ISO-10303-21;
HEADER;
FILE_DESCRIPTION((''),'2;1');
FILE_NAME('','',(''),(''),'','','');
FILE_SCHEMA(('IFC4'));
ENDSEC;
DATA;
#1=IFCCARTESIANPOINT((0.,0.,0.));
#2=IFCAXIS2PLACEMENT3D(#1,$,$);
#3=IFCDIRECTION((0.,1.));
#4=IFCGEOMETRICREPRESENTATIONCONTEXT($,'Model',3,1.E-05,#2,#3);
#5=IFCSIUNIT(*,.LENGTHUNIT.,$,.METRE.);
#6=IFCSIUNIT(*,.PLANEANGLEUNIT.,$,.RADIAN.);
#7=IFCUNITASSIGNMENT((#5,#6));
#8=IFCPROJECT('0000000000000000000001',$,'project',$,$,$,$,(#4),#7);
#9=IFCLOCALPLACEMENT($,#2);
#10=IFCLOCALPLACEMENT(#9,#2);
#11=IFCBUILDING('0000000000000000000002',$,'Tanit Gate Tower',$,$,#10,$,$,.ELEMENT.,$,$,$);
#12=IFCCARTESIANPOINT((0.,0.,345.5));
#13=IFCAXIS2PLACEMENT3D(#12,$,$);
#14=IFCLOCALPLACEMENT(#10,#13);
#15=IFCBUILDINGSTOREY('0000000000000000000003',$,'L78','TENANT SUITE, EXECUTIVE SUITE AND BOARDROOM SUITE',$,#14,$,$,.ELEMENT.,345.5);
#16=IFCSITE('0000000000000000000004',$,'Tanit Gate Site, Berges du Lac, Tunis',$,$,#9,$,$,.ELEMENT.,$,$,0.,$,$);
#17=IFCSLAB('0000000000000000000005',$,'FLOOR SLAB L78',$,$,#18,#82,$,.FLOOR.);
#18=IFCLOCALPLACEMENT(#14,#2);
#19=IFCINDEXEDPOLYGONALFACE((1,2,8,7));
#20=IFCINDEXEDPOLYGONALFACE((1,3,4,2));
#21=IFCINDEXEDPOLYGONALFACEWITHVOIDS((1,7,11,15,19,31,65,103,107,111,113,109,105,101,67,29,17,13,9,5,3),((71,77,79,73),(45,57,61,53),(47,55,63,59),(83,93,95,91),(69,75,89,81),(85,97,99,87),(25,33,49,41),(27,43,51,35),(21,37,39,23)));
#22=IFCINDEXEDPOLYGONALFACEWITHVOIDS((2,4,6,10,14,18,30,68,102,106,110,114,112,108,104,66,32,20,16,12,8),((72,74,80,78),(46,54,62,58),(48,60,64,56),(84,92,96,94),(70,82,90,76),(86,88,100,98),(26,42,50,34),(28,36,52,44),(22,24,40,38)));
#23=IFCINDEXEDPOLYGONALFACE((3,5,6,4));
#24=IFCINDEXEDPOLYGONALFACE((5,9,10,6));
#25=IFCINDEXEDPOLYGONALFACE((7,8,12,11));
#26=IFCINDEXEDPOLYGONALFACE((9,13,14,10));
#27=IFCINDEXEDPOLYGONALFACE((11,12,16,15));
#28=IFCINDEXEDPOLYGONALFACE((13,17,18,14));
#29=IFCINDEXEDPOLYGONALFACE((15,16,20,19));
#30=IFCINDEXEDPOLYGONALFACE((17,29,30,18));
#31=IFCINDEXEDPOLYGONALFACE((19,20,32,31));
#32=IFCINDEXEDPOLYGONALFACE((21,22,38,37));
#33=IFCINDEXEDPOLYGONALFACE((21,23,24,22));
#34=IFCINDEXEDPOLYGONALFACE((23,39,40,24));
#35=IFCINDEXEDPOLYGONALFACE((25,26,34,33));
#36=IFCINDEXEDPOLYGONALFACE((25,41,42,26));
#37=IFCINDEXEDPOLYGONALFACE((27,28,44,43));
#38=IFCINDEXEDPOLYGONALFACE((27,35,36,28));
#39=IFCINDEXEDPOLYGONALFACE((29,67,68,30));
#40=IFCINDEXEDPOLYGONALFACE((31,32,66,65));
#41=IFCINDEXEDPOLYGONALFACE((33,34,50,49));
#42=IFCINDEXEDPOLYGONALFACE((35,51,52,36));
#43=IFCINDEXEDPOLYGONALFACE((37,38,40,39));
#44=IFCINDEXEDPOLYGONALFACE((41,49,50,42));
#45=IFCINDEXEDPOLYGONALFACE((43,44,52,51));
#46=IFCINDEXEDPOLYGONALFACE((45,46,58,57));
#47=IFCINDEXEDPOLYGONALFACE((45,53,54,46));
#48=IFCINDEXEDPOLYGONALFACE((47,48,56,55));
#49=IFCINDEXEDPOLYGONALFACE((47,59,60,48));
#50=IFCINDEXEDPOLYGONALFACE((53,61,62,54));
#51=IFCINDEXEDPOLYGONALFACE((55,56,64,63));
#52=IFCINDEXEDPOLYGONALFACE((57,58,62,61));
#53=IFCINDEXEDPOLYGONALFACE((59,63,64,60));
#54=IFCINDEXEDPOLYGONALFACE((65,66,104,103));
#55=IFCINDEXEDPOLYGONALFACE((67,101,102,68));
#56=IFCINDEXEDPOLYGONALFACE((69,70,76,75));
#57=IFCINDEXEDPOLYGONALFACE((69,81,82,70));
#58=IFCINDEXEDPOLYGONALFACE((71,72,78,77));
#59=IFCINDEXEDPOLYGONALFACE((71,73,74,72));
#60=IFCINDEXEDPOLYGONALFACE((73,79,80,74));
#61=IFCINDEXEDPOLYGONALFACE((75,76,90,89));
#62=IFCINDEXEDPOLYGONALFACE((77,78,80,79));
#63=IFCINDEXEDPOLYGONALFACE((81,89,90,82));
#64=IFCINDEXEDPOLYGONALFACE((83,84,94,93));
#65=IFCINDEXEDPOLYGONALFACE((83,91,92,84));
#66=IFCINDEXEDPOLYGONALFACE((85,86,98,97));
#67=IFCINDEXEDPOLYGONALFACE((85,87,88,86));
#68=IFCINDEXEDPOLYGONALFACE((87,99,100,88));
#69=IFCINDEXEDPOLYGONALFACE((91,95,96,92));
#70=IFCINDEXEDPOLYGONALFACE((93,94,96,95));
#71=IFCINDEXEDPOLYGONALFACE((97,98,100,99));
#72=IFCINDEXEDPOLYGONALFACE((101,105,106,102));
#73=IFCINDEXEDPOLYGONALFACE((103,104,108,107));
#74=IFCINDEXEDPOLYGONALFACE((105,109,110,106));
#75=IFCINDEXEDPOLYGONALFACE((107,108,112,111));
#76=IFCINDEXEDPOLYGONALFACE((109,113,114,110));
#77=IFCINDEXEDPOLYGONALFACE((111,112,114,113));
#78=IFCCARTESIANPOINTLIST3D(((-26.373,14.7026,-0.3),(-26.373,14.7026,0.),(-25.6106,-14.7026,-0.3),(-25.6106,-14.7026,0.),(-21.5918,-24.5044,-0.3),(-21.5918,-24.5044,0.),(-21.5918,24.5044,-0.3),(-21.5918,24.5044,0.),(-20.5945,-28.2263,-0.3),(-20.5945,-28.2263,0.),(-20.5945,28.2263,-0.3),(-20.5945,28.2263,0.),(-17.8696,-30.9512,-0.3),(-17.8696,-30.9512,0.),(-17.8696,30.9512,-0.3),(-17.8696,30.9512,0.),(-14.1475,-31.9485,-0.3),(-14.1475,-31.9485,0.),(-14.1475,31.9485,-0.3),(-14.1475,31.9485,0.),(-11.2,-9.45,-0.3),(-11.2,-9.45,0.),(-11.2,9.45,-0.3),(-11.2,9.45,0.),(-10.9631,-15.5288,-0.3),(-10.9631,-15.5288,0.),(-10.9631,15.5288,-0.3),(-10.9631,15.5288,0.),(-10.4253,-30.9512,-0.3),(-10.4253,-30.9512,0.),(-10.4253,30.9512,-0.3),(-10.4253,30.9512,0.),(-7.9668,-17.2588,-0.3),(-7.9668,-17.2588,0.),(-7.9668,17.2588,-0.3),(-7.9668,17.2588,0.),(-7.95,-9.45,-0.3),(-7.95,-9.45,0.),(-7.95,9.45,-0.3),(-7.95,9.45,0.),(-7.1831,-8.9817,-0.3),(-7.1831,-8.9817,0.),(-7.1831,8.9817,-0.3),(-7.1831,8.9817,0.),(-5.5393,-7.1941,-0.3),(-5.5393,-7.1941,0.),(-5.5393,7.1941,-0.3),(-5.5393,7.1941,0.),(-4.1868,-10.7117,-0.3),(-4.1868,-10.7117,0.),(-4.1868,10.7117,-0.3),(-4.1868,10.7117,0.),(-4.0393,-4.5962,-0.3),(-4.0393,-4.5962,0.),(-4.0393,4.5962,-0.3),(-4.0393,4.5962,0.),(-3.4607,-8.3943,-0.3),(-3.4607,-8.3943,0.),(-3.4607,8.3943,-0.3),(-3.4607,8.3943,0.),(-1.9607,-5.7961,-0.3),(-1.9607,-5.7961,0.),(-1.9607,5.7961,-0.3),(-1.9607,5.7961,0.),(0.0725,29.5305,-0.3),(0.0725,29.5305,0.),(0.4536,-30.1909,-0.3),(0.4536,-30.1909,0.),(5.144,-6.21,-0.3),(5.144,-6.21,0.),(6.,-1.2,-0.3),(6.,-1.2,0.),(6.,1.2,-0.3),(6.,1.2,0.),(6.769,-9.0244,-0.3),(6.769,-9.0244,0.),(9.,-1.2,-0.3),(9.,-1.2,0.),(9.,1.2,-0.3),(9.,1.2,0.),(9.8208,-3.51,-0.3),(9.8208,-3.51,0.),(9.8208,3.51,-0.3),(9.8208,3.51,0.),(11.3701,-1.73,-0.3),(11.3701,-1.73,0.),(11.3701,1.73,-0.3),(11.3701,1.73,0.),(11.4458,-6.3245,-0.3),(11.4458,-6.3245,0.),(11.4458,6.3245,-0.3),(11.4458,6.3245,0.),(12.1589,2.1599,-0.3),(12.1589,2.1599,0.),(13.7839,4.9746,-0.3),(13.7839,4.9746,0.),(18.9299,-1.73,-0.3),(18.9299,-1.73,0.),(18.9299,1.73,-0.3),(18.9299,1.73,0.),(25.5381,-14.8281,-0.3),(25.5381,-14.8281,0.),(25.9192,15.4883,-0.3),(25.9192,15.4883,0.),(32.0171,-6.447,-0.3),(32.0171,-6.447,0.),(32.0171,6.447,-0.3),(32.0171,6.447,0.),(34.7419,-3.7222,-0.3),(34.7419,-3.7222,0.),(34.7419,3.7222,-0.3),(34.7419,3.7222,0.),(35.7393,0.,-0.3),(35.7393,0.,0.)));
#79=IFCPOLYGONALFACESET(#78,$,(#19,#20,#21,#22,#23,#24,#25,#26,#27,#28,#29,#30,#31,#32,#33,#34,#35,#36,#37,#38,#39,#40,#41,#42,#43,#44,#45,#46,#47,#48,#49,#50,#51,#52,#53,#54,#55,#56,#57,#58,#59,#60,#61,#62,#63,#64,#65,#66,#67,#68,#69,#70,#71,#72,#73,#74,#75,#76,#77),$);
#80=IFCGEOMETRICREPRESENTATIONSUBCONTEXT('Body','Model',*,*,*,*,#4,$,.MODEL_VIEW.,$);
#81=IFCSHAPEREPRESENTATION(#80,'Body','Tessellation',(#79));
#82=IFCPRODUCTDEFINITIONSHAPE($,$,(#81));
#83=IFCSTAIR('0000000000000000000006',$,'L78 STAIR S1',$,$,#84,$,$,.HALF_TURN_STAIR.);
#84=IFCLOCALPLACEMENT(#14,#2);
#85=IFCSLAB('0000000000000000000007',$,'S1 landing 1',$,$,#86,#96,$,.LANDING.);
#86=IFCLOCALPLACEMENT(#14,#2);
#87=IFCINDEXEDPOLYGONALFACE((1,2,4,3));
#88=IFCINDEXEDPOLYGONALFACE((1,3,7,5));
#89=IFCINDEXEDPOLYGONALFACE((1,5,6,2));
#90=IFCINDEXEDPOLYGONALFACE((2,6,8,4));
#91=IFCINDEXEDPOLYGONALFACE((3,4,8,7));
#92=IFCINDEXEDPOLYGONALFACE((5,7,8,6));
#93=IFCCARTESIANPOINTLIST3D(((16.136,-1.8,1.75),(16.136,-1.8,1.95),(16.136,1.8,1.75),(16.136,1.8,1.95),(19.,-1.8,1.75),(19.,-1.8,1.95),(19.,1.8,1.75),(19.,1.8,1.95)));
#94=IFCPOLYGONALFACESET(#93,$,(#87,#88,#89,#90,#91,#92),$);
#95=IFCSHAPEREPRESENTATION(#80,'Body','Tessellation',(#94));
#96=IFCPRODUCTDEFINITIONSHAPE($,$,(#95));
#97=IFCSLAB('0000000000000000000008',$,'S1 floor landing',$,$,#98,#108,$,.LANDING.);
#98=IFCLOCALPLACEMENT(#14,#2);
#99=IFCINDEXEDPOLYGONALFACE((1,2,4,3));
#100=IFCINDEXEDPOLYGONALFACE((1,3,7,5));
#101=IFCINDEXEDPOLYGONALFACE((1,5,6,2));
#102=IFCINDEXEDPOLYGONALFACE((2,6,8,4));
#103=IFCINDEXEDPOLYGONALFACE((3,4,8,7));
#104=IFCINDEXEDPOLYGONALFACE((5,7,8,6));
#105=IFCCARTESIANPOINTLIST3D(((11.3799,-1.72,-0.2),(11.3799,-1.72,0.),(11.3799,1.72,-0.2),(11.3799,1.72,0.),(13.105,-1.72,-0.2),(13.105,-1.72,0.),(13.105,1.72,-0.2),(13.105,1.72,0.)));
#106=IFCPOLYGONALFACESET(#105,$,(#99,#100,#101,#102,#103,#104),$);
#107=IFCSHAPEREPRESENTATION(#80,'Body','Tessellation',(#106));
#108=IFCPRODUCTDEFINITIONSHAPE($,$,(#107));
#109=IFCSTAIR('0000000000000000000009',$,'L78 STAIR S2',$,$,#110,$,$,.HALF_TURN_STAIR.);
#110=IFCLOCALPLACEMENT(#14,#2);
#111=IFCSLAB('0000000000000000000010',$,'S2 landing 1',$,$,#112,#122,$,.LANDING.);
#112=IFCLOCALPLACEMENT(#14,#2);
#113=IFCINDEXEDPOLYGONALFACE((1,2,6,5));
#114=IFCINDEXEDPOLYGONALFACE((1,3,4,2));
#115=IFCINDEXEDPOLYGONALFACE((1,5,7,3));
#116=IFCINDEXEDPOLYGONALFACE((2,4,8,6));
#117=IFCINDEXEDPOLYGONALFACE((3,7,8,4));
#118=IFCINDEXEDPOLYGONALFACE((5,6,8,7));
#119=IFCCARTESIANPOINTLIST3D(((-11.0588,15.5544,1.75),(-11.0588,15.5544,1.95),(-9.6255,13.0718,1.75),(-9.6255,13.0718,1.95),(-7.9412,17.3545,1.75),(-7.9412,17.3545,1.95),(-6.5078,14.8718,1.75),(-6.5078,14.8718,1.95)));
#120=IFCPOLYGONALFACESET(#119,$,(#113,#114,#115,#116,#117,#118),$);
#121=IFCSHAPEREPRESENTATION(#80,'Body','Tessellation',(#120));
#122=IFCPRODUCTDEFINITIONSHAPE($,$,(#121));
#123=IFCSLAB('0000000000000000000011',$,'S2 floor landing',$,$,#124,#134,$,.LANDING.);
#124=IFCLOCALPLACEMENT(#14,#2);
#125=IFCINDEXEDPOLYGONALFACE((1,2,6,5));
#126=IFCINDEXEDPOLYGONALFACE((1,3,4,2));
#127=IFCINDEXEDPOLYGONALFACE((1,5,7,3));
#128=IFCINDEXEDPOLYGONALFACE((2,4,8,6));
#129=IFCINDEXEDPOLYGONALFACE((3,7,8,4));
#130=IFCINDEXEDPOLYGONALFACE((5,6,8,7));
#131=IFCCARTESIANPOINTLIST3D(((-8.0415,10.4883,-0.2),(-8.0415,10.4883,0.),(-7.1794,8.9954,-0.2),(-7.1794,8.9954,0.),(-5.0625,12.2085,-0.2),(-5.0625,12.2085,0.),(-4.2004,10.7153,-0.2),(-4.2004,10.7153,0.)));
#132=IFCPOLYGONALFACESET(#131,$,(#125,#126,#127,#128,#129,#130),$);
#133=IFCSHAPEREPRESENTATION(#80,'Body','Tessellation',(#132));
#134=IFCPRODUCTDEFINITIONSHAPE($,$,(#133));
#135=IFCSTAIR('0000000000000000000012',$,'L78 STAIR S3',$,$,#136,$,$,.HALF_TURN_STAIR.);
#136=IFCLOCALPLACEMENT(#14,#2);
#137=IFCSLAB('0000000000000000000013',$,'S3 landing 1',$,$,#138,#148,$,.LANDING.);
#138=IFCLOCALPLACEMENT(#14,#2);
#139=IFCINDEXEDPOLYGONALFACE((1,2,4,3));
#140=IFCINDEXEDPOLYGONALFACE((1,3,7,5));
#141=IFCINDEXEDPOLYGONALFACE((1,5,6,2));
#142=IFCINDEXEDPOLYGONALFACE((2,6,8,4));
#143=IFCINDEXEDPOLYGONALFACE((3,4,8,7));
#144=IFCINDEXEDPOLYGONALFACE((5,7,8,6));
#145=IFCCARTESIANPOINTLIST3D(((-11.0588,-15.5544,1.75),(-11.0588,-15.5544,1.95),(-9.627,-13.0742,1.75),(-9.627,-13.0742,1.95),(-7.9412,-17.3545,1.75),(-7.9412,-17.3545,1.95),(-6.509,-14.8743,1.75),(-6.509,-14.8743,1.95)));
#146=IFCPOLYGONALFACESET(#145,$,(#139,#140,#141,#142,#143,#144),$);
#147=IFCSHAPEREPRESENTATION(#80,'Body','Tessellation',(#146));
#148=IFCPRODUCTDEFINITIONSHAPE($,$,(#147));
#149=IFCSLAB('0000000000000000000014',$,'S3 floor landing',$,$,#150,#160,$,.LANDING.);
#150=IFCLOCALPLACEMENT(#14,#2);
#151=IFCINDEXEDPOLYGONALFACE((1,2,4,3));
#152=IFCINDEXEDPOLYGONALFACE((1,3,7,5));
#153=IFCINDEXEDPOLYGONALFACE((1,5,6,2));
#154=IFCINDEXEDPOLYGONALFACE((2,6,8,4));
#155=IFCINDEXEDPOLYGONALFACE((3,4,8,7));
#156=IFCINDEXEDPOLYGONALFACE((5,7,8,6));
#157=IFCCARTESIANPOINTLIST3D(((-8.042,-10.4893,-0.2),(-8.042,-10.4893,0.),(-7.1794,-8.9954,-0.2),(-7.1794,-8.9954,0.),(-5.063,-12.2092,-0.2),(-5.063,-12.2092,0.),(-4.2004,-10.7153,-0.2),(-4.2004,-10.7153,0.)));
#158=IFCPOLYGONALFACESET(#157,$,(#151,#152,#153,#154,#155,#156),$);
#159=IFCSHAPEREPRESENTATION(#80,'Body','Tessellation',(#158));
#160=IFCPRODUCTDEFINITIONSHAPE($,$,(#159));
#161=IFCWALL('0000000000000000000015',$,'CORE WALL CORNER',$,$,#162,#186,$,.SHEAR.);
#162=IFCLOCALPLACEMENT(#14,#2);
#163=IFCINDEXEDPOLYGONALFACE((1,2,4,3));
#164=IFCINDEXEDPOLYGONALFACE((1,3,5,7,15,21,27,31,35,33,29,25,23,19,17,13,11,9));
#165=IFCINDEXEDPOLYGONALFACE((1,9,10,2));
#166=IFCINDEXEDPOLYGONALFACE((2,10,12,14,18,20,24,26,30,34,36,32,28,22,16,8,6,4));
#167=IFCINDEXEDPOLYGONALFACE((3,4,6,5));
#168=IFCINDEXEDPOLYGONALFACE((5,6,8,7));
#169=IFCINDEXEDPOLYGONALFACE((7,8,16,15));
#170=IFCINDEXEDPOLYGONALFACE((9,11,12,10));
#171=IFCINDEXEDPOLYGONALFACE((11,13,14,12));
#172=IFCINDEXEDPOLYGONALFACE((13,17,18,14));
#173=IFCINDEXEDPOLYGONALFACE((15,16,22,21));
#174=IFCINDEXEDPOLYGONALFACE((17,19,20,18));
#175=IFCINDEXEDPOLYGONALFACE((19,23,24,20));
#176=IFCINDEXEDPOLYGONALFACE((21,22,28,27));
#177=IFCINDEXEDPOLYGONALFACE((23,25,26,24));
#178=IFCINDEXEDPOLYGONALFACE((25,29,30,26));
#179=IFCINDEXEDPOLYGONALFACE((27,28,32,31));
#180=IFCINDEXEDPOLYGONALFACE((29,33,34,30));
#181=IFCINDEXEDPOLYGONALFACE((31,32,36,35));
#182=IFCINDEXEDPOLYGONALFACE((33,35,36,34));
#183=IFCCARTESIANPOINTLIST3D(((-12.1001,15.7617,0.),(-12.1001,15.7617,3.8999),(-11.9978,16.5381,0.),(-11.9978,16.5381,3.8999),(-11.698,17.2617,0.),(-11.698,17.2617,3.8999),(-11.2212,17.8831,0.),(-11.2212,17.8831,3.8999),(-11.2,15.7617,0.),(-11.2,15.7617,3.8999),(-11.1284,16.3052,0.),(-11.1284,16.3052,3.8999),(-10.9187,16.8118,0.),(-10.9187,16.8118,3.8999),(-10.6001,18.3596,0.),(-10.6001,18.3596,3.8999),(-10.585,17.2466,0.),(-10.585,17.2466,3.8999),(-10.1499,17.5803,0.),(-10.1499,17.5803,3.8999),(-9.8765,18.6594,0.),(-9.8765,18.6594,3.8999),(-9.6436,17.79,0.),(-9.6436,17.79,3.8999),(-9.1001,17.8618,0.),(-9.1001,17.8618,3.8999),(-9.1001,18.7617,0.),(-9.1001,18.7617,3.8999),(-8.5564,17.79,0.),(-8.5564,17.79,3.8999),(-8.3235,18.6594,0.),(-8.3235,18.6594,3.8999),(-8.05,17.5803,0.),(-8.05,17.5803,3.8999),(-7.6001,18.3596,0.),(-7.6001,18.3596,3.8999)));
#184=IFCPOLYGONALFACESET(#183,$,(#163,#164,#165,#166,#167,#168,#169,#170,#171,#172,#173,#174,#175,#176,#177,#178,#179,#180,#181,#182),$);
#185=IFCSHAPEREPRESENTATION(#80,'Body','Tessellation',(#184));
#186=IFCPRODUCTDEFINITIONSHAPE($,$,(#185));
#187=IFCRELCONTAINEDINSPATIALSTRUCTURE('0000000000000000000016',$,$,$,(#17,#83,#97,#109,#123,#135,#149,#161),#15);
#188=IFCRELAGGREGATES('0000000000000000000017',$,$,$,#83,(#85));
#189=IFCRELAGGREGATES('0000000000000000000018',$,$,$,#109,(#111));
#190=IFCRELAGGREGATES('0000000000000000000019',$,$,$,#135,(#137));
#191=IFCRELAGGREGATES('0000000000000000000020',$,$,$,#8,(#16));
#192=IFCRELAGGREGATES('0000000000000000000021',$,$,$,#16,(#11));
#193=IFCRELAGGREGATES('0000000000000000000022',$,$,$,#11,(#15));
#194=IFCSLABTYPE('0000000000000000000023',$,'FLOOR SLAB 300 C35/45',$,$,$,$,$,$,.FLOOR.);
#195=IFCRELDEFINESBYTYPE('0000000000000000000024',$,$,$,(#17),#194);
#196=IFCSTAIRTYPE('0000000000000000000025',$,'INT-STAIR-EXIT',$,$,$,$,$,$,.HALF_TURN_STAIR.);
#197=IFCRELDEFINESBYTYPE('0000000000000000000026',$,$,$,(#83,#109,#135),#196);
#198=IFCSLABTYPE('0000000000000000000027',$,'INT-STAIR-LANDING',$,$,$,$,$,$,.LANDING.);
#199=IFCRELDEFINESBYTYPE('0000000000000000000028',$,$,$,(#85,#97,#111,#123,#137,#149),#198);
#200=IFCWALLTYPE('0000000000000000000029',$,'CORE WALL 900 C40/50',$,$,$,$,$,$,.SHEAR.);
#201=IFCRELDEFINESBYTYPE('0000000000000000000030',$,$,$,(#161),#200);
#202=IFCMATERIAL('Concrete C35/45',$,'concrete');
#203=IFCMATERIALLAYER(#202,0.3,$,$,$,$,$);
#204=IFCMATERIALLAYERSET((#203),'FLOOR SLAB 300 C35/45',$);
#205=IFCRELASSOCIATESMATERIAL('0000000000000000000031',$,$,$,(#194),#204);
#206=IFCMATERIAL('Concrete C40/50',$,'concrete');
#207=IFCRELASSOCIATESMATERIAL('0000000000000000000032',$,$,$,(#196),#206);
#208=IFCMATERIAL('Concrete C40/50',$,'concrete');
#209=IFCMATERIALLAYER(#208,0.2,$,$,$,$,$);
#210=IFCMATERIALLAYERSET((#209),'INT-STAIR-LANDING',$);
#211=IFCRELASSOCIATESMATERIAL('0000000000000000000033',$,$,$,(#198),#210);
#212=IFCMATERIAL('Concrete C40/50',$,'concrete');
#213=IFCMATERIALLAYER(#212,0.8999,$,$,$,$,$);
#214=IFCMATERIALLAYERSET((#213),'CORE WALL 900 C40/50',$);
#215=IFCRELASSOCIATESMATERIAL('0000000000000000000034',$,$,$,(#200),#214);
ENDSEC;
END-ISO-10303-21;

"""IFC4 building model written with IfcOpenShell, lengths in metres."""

from ifc_helpers import new_model, si_unit, direction, frame, origin, place, context, subcontext, project, spatial, polyline, outline, extrude, material, layer, layer_set, type_object, element, aggregate, save


model = new_model("IFC4")

# Units and contexts
model_context = context("Model", 3, precision=1e-05, world=origin(), true_north=direction((0.0, 1.0)))
body_context = subcontext(model_context, "Body", "Model", "MODEL_VIEW")
ifc_project = project(units=[si_unit("LENGTHUNIT", "METRE"), si_unit("PLANEANGLEUNIT", "RADIAN")], contexts=[model_context])

# Site, building, storey
site_placement = place(None, origin())
site = spatial("IfcSite", under=ifc_project, at=site_placement, Name="Tanit Gate Site, Berges du Lac, Tunis", CompositionType="ELEMENT", RefElevation=0.0)
building_placement = place(site_placement, origin())
building = spatial("IfcBuilding", under=site, at=building_placement, Name="Tanit Gate Tower", CompositionType="ELEMENT")
storey_placement = place(building_placement, frame((0.0, 0.0, 345.5)))
storey = spatial("IfcBuildingStorey", under=building, at=storey_placement, Name="L78", Description="TENANT SUITE, EXECUTIVE SUITE AND BOARDROOM SUITE", CompositionType="ELEMENT", Elevation=345.5)

# Slab
ifc_material_1 = material(Name="Concrete C35/45", Category="concrete")
ifc_layer_1 = layer(ifc_material_1, 0.3)
ifc_layer_set_1 = layer_set([ifc_layer_1], Name="FLOOR SLAB 300 C35/45")
slab_type_1 = type_object("IfcSlabType", Name="FLOOR SLAB 300 C35/45", PredefinedType="FLOOR", material=ifc_layer_set_1)
slab_1_placement = place(storey_placement, frame((0.0, 0.0, -0.3)))
element("IfcSlab", 1, at=slab_1_placement, inside=storey, type_object=slab_type_1, Name="FLOOR SLAB L78", PredefinedType="FLOOR", context=body_context, shape_type="SweptSolid", body=[
    extrude(outline(polyline([(32.0171, 6.447), (34.7419, 3.7222), (35.7393, 0.0), (34.7419, -3.7222), (32.0171, -6.447), (25.5381, -14.8281), (0.4536, -30.1909), (-10.4253, -30.9512), (-14.1475, -31.9485), (-17.8696, -30.9512), (-20.5945, -28.2263), (-21.5918, -24.5044), (-25.6106, -14.7026), (-26.373, 14.7026), (-21.5918, 24.5044), (-20.5945, 28.2263), (-17.8696, 30.9512), (-14.1475, 31.9485), (-10.4253, 30.9512), (0.0725, 29.5305), (25.9192, 15.4883), (32.0171, 6.447)]), holes=[polyline([(11.3701, 1.73), (18.9299, 1.73), (18.9299, -1.73), (11.3701, -1.73), (11.3701, 1.73)]), polyline([(12.1589, 2.1599), (9.8208, 3.51), (11.4458, 6.3245), (13.7839, 4.9746), (12.1589, 2.1599)]), polyline([(11.4458, -6.3245), (6.769, -9.0244), (5.144, -6.21), (9.8208, -3.51), (11.4458, -6.3245)]), polyline([(6.0, 1.2), (9.0, 1.2), (9.0, -1.2), (6.0, -1.2), (6.0, 1.2)]), polyline([(-4.0393, 4.5962), (-5.5393, 7.1941), (-3.4607, 8.3943), (-1.9607, 5.7961), (-4.0393, 4.5962)]), polyline([(-1.9607, -5.7961), (-3.4607, -8.3943), (-5.5393, -7.1941), (-4.0393, -4.5962), (-1.9607, -5.7961)]), polyline([(-7.1831, 8.9817), (-10.9631, 15.5288), (-7.9668, 17.2588), (-4.1868, 10.7117), (-7.1831, 8.9817)]), polyline([(-4.1868, -10.7117), (-7.9668, -17.2588), (-10.9631, -15.5288), (-7.1831, -8.9817), (-4.1868, -10.7117)]), polyline([(-11.2, -9.45), (-11.2, 9.45), (-7.95, 9.45), (-7.95, -9.45), (-11.2, -9.45)])]), origin(), (0.0, 0.0, 1.0), 0.3),
])

# Stair, slab
ifc_material_2 = material(Name="Concrete C40/50", Category="concrete")
stair_type = type_object("IfcStairType", Name="INT-STAIR-EXIT", PredefinedType="HALF_TURN_STAIR", material=ifc_material_2)
stair_1_placement = place(storey_placement, origin())
stair_1 = element("IfcStair", 2, at=stair_1_placement, inside=storey, type_object=stair_type, Name="L78 STAIR S1", PredefinedType="HALF_TURN_STAIR")
ifc_material_3 = material(Name="Concrete C40/50", Category="concrete")
ifc_layer_2 = layer(ifc_material_3, 0.2)
ifc_layer_set_2 = layer_set([ifc_layer_2], Name="INT-STAIR-LANDING")
slab_type_2 = type_object("IfcSlabType", Name="INT-STAIR-LANDING", PredefinedType="LANDING", material=ifc_layer_set_2)
slab_2_placement = place(storey_placement, frame((0.0, 0.0, 1.75)))
slab_2 = element("IfcSlab", 3, at=slab_2_placement, type_object=slab_type_2, Name="S1 landing 1", PredefinedType="LANDING", context=body_context, shape_type="SweptSolid", body=[
    extrude(outline(polyline([(16.136, -1.8), (19.0, -1.8), (19.0, 1.8), (16.136, 1.8), (16.136, -1.8)])), origin(), (0.0, 0.0, 1.0), 0.2),
])
aggregate(stair_1, [slab_2])

# Slab
slab_3_placement = place(storey_placement, frame((0.0, 0.0, -0.2)))
element("IfcSlab", 4, at=slab_3_placement, inside=storey, type_object=slab_type_2, Name="S1 floor landing", PredefinedType="LANDING", context=body_context, shape_type="SweptSolid", body=[
    extrude(outline(polyline([(11.3799, -1.72), (13.105, -1.72), (13.105, 1.72), (11.3799, 1.72), (11.3799, -1.72)])), origin(), (0.0, 0.0, 1.0), 0.2),
])

# Stair, slab
stair_2_placement = place(storey_placement, origin())
stair_2 = element("IfcStair", 5, at=stair_2_placement, inside=storey, type_object=stair_type, Name="L78 STAIR S2", PredefinedType="HALF_TURN_STAIR")
slab_4_placement = place(storey_placement, frame((0.0, 0.0, 1.75)))
slab_4 = element("IfcSlab", 6, at=slab_4_placement, type_object=slab_type_2, Name="S2 landing 1", PredefinedType="LANDING", context=body_context, shape_type="SweptSolid", body=[
    extrude(outline(polyline([(-6.5078, 14.8718), (-7.9412, 17.3545), (-11.0588, 15.5544), (-9.6255, 13.0718), (-6.5078, 14.8718)])), origin(), (0.0, 0.0, 1.0), 0.2),
])
aggregate(stair_2, [slab_4])

# Slab
slab_5_placement = place(storey_placement, frame((0.0, 0.0, -0.2)))
element("IfcSlab", 7, at=slab_5_placement, inside=storey, type_object=slab_type_2, Name="S2 floor landing", PredefinedType="LANDING", context=body_context, shape_type="SweptSolid", body=[
    extrude(outline(polyline([(-4.2004, 10.7153), (-5.0625, 12.2085), (-8.0415, 10.4883), (-7.1794, 8.9954), (-4.2004, 10.7153)])), origin(), (0.0, 0.0, 1.0), 0.2),
])

# Stair, slab
stair_3_placement = place(storey_placement, origin())
stair_3 = element("IfcStair", 8, at=stair_3_placement, inside=storey, type_object=stair_type, Name="L78 STAIR S3", PredefinedType="HALF_TURN_STAIR")
slab_6_placement = place(storey_placement, frame((0.0, 0.0, 1.75)))
slab_6 = element("IfcSlab", 9, at=slab_6_placement, type_object=slab_type_2, Name="S3 landing 1", PredefinedType="LANDING", context=body_context, shape_type="SweptSolid", body=[
    extrude(outline(polyline([(-9.627, -13.0742), (-11.0588, -15.5544), (-7.9412, -17.3545), (-6.509, -14.8743), (-9.627, -13.0742)])), origin(), (0.0, 0.0, 1.0), 0.2),
])
aggregate(stair_3, [slab_6])

# Slab
slab_7_placement = place(storey_placement, frame((0.0, 0.0, -0.2)))
element("IfcSlab", 10, at=slab_7_placement, inside=storey, type_object=slab_type_2, Name="S3 floor landing", PredefinedType="LANDING", context=body_context, shape_type="SweptSolid", body=[
    extrude(outline(polyline([(-7.1794, -8.9954), (-8.042, -10.4893), (-5.063, -12.2092), (-4.2004, -10.7153), (-7.1794, -8.9954)])), origin(), (0.0, 0.0, 1.0), 0.2),
])

# Wall
ifc_material_4 = material(Name="Concrete C40/50", Category="concrete")
ifc_layer_3 = layer(ifc_material_4, 0.8999)
ifc_layer_set_3 = layer_set([ifc_layer_3], Name="CORE WALL 900 C40/50")
wall_type_1 = type_object("IfcWallType", Name="CORE WALL 900 C40/50", PredefinedType="SHEAR", material=ifc_layer_set_3)
wall_1_placement = place(storey_placement, origin())
element("IfcWall", 11, at=wall_1_placement, inside=storey, type_object=wall_type_1, Name="CORE WALL CORNER", PredefinedType="SHEAR", context=body_context, shape_type="SweptSolid", body=[
    extrude(outline(polyline([(-7.6001, 18.3596), (-8.3235, 18.6594), (-9.1001, 18.7617), (-9.8765, 18.6594), (-10.6001, 18.3596), (-11.2212, 17.8831), (-11.698, 17.2617), (-11.9978, 16.5381), (-12.1001, 15.7617), (-11.2, 15.7617), (-11.1284, 16.3052), (-10.9187, 16.8118), (-10.585, 17.2466), (-10.1499, 17.5803), (-9.6436, 17.79), (-9.1001, 17.8618), (-8.5564, 17.79), (-8.05, 17.5803), (-7.6001, 18.3596)])), origin(), (0.0, 0.0, 1.0), 3.8999),
])

save(model, "model.ifc")
